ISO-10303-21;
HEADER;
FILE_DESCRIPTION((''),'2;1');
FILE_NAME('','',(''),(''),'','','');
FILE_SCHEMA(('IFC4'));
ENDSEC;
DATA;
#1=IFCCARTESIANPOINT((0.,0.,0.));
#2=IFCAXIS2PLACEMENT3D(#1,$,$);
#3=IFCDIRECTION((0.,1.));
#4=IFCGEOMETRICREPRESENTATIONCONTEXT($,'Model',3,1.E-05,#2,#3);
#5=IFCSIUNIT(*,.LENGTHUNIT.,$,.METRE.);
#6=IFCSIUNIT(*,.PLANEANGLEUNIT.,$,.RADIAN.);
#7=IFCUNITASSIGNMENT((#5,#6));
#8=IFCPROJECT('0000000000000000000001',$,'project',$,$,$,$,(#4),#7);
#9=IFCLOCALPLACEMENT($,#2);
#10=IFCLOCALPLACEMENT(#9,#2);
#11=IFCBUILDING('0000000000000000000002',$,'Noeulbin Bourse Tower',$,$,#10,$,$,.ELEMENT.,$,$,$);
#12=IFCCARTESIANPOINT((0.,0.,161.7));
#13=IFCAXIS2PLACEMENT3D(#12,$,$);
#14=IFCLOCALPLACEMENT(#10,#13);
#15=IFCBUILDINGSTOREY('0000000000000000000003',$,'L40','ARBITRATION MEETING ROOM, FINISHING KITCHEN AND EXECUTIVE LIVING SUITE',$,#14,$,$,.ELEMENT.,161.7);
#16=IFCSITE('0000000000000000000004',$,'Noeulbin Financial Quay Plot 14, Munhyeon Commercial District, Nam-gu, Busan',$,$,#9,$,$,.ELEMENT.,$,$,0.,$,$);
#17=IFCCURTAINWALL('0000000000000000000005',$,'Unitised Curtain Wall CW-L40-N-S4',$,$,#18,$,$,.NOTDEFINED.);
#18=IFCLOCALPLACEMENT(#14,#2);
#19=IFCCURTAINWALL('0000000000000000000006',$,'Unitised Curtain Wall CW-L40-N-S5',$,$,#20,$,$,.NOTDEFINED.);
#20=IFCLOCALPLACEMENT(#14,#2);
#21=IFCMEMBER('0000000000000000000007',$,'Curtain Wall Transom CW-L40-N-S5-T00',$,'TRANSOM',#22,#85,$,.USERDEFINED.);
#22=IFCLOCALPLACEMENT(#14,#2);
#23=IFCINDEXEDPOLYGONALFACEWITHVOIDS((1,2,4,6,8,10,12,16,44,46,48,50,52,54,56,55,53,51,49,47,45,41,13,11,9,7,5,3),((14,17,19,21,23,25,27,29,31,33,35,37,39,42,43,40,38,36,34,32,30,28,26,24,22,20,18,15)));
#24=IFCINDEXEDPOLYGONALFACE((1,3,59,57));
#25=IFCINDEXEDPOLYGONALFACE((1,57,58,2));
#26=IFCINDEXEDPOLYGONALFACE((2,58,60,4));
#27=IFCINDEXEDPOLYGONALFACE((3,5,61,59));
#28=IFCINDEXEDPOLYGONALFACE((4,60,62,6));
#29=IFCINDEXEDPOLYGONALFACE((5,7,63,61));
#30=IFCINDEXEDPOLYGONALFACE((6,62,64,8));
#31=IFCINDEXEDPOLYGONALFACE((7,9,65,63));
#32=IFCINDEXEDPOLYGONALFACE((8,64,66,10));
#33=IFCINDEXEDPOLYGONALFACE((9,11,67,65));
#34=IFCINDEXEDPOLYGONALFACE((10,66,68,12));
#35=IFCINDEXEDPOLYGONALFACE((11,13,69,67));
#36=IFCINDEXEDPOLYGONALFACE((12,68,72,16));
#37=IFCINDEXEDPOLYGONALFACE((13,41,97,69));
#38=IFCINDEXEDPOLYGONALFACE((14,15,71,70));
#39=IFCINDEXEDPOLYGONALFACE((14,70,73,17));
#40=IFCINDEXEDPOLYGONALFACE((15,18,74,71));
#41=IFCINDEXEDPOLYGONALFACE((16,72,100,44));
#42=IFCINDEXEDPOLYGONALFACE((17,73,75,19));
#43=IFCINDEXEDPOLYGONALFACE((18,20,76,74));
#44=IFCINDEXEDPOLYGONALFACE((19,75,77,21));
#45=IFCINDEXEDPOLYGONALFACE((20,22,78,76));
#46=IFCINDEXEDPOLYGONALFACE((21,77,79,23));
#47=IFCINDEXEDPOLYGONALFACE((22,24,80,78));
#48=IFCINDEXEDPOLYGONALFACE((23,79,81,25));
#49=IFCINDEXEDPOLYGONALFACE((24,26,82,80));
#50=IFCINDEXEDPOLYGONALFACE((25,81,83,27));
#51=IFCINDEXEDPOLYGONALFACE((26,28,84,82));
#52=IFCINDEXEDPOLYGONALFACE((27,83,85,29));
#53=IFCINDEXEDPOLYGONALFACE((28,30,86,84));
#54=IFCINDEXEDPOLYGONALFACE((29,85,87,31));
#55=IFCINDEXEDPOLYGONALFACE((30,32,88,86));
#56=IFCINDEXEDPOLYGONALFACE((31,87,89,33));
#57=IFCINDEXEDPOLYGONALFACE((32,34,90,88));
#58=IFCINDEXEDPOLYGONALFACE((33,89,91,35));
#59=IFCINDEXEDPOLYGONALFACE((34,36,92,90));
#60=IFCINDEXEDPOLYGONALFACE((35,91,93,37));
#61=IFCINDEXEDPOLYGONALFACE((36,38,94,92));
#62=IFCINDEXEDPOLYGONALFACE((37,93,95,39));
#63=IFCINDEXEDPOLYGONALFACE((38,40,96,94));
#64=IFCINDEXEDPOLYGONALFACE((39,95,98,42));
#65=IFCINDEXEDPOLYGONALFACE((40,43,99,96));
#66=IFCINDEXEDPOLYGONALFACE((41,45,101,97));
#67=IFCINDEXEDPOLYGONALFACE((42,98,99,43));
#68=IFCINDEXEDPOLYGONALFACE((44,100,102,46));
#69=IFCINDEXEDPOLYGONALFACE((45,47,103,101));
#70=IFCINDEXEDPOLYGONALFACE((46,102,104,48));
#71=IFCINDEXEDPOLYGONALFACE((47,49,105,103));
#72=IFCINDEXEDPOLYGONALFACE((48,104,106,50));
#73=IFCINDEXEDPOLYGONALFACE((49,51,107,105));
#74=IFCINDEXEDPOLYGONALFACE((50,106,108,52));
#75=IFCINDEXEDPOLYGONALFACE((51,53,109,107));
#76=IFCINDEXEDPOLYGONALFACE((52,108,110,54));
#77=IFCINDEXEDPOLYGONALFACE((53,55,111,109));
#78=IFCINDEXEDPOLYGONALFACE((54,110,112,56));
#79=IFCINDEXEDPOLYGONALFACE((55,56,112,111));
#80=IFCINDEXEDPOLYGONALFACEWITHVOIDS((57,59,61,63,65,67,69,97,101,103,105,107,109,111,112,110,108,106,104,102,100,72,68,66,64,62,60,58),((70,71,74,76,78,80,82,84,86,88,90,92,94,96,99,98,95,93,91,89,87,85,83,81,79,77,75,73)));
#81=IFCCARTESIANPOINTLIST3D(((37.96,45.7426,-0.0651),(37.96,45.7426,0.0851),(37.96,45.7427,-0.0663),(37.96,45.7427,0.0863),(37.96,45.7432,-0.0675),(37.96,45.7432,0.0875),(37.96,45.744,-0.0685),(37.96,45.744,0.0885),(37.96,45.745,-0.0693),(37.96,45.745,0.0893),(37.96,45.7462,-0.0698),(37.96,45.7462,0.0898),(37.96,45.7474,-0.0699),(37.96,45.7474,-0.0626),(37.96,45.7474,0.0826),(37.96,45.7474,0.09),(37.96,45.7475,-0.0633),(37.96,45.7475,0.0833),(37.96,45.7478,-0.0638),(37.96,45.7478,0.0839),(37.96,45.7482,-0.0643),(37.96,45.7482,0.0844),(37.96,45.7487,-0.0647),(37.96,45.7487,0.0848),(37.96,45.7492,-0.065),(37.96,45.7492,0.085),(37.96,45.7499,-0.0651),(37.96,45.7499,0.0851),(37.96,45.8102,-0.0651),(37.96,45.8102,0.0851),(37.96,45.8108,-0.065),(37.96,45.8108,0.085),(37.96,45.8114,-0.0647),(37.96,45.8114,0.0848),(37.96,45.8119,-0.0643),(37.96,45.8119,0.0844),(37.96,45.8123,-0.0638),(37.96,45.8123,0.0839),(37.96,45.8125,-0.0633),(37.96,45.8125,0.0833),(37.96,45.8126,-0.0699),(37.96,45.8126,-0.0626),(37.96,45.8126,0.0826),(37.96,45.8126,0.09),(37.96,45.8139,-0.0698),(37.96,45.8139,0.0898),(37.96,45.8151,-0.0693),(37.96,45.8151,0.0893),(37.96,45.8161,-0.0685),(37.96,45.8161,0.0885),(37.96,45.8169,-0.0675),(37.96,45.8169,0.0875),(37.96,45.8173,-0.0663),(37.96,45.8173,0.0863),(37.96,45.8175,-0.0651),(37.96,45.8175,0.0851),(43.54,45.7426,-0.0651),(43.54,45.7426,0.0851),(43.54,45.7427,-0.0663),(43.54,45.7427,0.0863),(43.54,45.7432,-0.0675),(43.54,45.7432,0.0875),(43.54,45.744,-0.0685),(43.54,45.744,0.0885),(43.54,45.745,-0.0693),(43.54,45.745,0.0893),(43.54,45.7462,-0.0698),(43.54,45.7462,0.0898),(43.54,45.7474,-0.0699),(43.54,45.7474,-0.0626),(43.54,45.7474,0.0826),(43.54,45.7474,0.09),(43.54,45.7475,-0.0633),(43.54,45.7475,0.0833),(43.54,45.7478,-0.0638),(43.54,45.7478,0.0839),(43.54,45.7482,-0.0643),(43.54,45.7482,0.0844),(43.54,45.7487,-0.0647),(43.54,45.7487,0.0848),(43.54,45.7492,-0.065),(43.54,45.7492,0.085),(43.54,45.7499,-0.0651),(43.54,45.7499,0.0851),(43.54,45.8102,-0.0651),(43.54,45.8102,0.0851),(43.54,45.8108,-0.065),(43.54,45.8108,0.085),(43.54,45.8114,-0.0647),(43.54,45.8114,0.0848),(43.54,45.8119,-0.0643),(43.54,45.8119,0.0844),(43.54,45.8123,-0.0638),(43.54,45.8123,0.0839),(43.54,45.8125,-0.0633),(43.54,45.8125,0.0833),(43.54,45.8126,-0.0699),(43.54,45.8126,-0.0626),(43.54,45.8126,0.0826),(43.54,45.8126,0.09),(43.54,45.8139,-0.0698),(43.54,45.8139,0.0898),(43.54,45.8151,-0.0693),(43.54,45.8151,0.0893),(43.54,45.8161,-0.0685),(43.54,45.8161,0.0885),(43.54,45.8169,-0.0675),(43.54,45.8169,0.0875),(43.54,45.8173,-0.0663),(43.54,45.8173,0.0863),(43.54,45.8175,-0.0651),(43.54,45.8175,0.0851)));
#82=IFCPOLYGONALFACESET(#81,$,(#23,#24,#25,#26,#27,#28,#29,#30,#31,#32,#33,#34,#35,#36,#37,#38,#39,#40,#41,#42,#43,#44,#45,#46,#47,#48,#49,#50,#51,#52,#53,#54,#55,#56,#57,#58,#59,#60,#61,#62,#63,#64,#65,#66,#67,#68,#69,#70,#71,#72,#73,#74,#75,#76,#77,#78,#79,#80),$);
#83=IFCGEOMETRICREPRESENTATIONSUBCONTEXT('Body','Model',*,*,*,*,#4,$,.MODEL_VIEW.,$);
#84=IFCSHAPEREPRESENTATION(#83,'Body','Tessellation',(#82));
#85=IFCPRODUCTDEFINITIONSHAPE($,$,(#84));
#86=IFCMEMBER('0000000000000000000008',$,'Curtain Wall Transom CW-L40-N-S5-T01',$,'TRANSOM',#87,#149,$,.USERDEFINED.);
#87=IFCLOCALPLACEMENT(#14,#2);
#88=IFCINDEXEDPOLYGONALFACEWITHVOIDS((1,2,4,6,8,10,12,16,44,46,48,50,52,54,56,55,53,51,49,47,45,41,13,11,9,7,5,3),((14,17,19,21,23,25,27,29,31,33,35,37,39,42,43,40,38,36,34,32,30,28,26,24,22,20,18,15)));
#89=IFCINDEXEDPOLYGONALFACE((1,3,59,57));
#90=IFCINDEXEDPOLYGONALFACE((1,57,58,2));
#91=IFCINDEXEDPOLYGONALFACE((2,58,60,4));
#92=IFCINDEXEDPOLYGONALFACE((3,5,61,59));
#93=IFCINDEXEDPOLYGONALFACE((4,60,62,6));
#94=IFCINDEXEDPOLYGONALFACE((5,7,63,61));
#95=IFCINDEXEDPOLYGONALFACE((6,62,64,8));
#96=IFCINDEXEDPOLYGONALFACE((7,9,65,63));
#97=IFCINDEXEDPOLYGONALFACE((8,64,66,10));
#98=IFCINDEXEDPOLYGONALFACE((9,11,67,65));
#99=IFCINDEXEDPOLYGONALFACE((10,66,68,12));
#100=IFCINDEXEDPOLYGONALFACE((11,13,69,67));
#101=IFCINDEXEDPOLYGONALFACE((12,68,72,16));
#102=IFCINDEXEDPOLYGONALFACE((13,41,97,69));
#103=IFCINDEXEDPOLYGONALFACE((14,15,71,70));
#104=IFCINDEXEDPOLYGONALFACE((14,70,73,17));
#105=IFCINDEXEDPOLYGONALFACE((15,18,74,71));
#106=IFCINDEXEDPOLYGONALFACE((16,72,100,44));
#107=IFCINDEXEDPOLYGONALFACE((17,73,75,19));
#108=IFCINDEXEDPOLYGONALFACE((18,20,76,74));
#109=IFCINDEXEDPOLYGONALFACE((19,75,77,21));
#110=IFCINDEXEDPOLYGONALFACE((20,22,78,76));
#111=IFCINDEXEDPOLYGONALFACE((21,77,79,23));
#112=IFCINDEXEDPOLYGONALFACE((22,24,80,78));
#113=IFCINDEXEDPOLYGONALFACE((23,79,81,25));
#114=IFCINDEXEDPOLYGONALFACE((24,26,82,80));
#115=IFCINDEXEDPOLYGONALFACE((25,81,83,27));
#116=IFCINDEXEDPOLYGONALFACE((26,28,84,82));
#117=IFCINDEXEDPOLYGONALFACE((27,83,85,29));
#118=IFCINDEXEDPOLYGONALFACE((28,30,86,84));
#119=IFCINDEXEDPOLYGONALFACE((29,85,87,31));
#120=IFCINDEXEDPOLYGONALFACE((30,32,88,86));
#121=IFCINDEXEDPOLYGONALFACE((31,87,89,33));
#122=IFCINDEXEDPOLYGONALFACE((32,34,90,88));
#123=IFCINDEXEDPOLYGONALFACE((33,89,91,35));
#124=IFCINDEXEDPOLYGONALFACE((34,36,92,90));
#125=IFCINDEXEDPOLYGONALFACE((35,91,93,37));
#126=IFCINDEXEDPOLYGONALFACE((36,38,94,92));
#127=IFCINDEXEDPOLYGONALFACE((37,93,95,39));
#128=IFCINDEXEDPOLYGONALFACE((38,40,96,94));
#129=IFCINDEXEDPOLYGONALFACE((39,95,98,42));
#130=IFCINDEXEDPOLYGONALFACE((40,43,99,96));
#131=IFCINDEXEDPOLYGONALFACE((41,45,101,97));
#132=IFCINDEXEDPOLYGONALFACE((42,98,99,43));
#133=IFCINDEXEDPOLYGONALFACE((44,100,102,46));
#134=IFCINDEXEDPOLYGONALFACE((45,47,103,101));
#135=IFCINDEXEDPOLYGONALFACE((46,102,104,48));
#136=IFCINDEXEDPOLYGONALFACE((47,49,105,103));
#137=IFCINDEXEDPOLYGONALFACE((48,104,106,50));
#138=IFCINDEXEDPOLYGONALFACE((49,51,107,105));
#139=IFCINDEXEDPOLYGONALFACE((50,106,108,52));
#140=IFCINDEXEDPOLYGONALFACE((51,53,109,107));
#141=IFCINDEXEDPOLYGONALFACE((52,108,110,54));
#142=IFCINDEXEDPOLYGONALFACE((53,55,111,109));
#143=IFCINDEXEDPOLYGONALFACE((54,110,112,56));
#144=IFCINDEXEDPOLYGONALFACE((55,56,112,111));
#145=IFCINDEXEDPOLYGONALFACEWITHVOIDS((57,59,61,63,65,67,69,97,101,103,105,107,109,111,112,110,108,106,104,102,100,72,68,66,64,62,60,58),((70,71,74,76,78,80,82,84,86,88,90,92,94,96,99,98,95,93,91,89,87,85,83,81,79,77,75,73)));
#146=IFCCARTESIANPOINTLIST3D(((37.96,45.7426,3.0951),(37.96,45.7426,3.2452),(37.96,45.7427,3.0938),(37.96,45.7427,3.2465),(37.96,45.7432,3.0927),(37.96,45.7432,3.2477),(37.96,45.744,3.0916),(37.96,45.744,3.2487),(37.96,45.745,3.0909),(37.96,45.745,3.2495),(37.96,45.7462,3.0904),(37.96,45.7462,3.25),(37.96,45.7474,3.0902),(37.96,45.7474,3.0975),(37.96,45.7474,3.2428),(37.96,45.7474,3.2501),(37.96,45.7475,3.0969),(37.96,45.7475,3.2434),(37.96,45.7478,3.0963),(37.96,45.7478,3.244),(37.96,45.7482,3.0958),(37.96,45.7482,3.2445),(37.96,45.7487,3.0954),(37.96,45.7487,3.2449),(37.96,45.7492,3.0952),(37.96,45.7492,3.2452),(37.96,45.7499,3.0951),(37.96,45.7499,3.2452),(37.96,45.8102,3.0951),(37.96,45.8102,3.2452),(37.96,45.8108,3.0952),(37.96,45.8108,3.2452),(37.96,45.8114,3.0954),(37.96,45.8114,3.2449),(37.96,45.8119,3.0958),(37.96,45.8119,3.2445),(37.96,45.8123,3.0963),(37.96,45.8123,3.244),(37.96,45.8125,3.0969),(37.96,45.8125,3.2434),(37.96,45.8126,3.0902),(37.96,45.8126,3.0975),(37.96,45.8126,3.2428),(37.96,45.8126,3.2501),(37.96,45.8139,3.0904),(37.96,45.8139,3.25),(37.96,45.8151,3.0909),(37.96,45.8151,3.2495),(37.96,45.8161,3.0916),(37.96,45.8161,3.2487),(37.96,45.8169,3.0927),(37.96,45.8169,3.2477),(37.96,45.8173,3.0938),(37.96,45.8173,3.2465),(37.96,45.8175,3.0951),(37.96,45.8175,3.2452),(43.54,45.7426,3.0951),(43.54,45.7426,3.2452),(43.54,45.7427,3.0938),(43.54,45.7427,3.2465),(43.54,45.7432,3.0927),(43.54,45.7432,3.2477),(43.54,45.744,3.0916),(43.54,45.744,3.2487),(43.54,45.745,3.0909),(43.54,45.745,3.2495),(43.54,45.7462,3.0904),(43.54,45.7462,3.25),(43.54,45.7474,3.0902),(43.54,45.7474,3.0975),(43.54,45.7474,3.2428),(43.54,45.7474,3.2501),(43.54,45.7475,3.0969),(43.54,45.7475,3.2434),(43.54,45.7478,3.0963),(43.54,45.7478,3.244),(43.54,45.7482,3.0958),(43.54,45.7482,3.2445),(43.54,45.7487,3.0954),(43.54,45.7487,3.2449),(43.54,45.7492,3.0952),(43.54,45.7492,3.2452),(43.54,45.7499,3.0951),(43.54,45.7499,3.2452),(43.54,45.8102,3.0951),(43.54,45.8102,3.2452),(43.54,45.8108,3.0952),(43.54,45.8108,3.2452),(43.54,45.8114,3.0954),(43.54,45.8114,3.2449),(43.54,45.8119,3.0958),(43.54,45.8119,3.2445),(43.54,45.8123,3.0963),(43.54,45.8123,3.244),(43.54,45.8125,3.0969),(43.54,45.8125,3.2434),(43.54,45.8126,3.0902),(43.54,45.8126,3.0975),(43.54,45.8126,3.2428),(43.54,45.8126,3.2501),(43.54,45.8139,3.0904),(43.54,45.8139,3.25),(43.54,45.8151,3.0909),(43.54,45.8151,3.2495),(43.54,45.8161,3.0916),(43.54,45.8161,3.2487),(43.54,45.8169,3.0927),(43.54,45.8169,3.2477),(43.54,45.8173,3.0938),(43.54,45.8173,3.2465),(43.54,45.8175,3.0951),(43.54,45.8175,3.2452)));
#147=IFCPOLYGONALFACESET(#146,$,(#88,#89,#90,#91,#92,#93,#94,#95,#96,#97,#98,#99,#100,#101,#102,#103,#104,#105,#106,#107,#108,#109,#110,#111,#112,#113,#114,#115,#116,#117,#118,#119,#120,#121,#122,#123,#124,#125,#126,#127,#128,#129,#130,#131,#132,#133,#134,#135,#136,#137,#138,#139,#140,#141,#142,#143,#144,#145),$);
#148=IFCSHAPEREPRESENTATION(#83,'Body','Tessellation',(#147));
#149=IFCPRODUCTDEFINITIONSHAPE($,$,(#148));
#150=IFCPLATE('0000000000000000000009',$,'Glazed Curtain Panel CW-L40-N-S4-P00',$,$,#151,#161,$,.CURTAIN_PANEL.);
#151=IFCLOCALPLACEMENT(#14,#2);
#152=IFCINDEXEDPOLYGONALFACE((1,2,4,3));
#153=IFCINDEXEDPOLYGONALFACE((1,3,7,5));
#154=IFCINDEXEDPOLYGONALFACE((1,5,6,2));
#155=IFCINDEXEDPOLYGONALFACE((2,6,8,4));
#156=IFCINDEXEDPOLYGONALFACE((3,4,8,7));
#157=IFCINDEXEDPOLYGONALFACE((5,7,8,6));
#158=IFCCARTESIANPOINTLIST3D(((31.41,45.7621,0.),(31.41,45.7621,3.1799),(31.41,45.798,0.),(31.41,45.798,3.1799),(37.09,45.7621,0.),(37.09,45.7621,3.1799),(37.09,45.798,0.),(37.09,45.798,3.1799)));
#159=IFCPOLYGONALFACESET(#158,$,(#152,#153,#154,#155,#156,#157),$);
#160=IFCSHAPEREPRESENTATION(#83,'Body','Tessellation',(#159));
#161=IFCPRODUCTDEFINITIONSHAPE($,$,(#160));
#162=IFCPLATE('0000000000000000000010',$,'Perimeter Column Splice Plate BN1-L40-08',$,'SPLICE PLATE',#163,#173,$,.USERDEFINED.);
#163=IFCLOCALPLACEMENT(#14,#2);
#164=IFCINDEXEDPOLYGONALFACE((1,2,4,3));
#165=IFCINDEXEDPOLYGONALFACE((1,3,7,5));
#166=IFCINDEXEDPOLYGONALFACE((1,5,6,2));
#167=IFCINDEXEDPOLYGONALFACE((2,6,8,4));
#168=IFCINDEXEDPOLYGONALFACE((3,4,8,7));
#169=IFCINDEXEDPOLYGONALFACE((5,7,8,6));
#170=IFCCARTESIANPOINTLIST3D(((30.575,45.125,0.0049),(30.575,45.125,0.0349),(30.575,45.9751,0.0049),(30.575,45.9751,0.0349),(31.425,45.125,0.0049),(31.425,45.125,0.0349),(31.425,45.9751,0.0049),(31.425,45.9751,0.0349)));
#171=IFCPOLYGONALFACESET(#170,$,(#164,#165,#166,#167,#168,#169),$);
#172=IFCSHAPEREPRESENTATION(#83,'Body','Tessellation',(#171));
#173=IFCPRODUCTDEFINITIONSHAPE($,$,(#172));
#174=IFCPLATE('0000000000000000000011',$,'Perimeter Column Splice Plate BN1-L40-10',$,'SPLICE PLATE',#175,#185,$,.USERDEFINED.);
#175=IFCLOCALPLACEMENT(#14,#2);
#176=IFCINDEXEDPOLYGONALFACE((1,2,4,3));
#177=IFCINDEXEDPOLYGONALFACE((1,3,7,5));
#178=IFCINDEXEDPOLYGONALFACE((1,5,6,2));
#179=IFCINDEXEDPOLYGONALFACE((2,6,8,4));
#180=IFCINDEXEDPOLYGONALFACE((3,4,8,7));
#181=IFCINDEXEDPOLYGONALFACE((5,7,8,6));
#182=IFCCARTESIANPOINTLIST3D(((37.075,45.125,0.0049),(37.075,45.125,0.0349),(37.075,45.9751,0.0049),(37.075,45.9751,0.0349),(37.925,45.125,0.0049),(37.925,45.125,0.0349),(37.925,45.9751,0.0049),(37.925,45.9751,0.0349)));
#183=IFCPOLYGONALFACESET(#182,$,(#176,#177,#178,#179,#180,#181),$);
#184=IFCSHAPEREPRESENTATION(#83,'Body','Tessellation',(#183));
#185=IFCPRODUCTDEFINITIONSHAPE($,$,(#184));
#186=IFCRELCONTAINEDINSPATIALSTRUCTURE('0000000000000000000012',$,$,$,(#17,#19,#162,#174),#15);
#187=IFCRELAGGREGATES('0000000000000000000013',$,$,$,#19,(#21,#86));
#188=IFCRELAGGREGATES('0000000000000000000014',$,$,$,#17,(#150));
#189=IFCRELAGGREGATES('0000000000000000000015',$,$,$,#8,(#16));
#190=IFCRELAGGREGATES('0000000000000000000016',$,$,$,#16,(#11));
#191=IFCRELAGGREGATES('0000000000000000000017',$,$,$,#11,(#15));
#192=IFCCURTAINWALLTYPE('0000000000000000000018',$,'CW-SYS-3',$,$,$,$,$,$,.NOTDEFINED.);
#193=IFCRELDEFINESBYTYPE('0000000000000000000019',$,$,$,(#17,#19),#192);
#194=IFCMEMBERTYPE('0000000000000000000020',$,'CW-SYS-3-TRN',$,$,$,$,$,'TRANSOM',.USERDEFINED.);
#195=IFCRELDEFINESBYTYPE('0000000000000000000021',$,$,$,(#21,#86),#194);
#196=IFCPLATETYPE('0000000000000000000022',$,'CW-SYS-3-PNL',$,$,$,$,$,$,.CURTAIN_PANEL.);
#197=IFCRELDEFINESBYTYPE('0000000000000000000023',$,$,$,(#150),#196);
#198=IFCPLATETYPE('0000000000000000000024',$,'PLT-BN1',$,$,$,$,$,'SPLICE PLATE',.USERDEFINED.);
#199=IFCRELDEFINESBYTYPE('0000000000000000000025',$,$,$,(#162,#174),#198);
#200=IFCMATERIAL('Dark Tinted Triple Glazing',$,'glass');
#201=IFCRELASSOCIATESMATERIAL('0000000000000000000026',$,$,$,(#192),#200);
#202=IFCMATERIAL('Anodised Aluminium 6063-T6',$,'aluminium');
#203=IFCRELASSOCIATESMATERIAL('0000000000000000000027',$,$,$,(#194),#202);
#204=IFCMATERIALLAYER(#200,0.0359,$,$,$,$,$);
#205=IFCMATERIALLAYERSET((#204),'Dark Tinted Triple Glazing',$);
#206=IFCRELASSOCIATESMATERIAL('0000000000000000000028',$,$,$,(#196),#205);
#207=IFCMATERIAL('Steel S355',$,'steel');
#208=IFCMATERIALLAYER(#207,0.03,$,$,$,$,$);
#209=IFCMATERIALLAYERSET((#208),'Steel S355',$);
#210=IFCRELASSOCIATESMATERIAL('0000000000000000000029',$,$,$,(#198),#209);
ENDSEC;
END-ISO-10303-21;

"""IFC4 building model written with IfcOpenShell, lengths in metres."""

from ifc_helpers import new_model, si_unit, direction, frame, origin, origin_2d, place, context, subcontext, project, spatial, rectangle, hollow_rectangle, extrude, material, layer, layer_set, material_profile, profile_set, type_object, element, aggregate, save


model = new_model("IFC4")

# Units and contexts
model_context = context("Model", 3, precision=1e-05, world=origin(), true_north=direction((0.0, 1.0)))
body_context = subcontext(model_context, "Body", "Model", "MODEL_VIEW")
ifc_project = project(units=[si_unit("LENGTHUNIT", "METRE"), si_unit("PLANEANGLEUNIT", "RADIAN")], contexts=[model_context])

# Site, building, storey
site_placement = place(None, origin())
site = spatial("IfcSite", under=ifc_project, at=site_placement, Name="Noeulbin Financial Quay Plot 14, Munhyeon Commercial District, Nam-gu, Busan", CompositionType="ELEMENT", RefElevation=0.0)
building_placement = place(site_placement, origin())
building = spatial("IfcBuilding", under=site, at=building_placement, Name="Noeulbin Bourse Tower", CompositionType="ELEMENT")
storey_placement = place(building_placement, frame((0.0, 0.0, 161.7)))
storey = spatial("IfcBuildingStorey", under=building, at=storey_placement, Name="L40", Description="ARBITRATION MEETING ROOM, FINISHING KITCHEN AND EXECUTIVE LIVING SUITE", CompositionType="ELEMENT", Elevation=161.7)

# Shared definitions
ifc_material_1 = material(Name="Steel S355", Category="steel")

# Shared definitions
ifc_material_2 = material(Name="Dark Tinted Triple Glazing", Category="glass")
curtain_wall_type = type_object("IfcCurtainWallType", Name="CW-SYS-3", PredefinedType="NOTDEFINED", material=ifc_material_2)
ifc_material_3 = material(Name="Anodised Aluminium 6063-T6", Category="aluminium")

# Curtain wall
curtain_wall_1_placement = place(storey_placement, origin())
curtain_wall_1 = element("IfcCurtainWall", 1, at=curtain_wall_1_placement, inside=storey, type_object=curtain_wall_type, Name="Unitised Curtain Wall CW-L40-N-S4", PredefinedType="NOTDEFINED")

# Curtain wall
curtain_wall_2_placement = place(storey_placement, origin())
curtain_wall_2 = element("IfcCurtainWall", 2, at=curtain_wall_2_placement, inside=storey, type_object=curtain_wall_type, Name="Unitised Curtain Wall CW-L40-N-S5", PredefinedType="NOTDEFINED")

# Members
ifc_material_profile_1 = material_profile(ifc_material_3, hollow_rectangle(XDim=0.075, YDim=0.1599, WallThickness=0.0049, InnerFilletRadius=0.0024, OuterFilletRadius=0.0049, at=origin_2d()), Name="ALU-TRAN-75x160x5", Category="LoadBearing")
ifc_profile_set_1 = profile_set([ifc_material_profile_1], Name="Anodised Aluminium 6063-T6")
member_type_1 = type_object("IfcMemberType", Name="CW-SYS-3-TRN", ElementType="TRANSOM", PredefinedType="USERDEFINED", material=ifc_profile_set_1)
member_1_placement = place(storey_placement, frame((37.96, 45.78, 0.01), z_axis=(1.0, 0.0, 0.0), x_axis=(0.0, 1.0, 0.0)))
member_1 = element("IfcMember", 3, at=member_1_placement, type_object=member_type_1, Name="Curtain Wall Transom CW-L40-N-S5-T00", ObjectType="TRANSOM", PredefinedType="USERDEFINED", context=body_context, shape_type="SweptSolid", body=[
    extrude(hollow_rectangle(XDim=0.075, YDim=0.1599, WallThickness=0.0049, InnerFilletRadius=0.0024, OuterFilletRadius=0.0049, at=origin_2d()), origin(), (0.0, 0.0, 1.0), 5.5801),
])
member_2_placement = place(storey_placement, frame((37.96, 45.78, 3.1702), z_axis=(1.0, 0.0, 0.0), x_axis=(0.0, 1.0, 0.0)))
member_2 = element("IfcMember", 4, at=member_2_placement, type_object=member_type_1, Name="Curtain Wall Transom CW-L40-N-S5-T01", ObjectType="TRANSOM", PredefinedType="USERDEFINED", context=body_context, shape_type="SweptSolid", body=[
    extrude(hollow_rectangle(XDim=0.075, YDim=0.1599, WallThickness=0.0049, InnerFilletRadius=0.0024, OuterFilletRadius=0.0049, at=origin_2d()), origin(), (0.0, 0.0, 1.0), 5.5801),
])
aggregate(curtain_wall_2, [member_1, member_2])

# Plate
ifc_layer_1 = layer(ifc_material_2, 0.0359)
ifc_layer_set_1 = layer_set([ifc_layer_1], Name="Dark Tinted Triple Glazing")
plate_type_1 = type_object("IfcPlateType", Name="CW-SYS-3-PNL", PredefinedType="CURTAIN_PANEL", material=ifc_layer_set_1)
plate_placement = place(storey_placement, frame((34.25, 45.78, 0.0), z_axis=(0.0, 0.0, 1.0), x_axis=(1.0, 0.0, 0.0)))
plate = element("IfcPlate", 5, at=plate_placement, type_object=plate_type_1, Name="Glazed Curtain Panel CW-L40-N-S4-P00", PredefinedType="CURTAIN_PANEL", context=body_context, shape_type="SweptSolid", body=[
    extrude(rectangle(XDim=5.6799, YDim=0.0359, at=origin_2d()), origin(), (0.0, 0.0, 1.0), 3.1799),
])
aggregate(curtain_wall_1, [plate])

# Plates
ifc_layer_2 = layer(ifc_material_1, 0.03)
ifc_layer_set_2 = layer_set([ifc_layer_2], Name="Steel S355")
plate_type_2 = type_object("IfcPlateType", Name="PLT-BN1", ElementType="SPLICE PLATE", PredefinedType="USERDEFINED", material=ifc_layer_set_2)
for number, where, z_axis, x_axis, name in (
    (6, (31.0, 45.55, 0.0049), (0.0, 0.0, 1.0), (1.0, 0.0, 0.0), "Perimeter Column Splice Plate BN1-L40-08"),
    (7, (37.5, 45.55, 0.0049), (0.0, 0.0, 1.0), (1.0, 0.0, 0.0), "Perimeter Column Splice Plate BN1-L40-10"),
):
    element("IfcPlate", number, at=place(storey_placement, frame(where, z_axis=z_axis, x_axis=x_axis)), inside=storey, type_object=plate_type_2, Name=name, ObjectType="SPLICE PLATE", PredefinedType="USERDEFINED", context=body_context, shape_type="SweptSolid", body=[
        extrude(rectangle(XDim=0.8501, YDim=0.8501, at=origin_2d()), origin(), (0.0, 0.0, 1.0), 0.03),
    ])

save(model, "model.ifc")
